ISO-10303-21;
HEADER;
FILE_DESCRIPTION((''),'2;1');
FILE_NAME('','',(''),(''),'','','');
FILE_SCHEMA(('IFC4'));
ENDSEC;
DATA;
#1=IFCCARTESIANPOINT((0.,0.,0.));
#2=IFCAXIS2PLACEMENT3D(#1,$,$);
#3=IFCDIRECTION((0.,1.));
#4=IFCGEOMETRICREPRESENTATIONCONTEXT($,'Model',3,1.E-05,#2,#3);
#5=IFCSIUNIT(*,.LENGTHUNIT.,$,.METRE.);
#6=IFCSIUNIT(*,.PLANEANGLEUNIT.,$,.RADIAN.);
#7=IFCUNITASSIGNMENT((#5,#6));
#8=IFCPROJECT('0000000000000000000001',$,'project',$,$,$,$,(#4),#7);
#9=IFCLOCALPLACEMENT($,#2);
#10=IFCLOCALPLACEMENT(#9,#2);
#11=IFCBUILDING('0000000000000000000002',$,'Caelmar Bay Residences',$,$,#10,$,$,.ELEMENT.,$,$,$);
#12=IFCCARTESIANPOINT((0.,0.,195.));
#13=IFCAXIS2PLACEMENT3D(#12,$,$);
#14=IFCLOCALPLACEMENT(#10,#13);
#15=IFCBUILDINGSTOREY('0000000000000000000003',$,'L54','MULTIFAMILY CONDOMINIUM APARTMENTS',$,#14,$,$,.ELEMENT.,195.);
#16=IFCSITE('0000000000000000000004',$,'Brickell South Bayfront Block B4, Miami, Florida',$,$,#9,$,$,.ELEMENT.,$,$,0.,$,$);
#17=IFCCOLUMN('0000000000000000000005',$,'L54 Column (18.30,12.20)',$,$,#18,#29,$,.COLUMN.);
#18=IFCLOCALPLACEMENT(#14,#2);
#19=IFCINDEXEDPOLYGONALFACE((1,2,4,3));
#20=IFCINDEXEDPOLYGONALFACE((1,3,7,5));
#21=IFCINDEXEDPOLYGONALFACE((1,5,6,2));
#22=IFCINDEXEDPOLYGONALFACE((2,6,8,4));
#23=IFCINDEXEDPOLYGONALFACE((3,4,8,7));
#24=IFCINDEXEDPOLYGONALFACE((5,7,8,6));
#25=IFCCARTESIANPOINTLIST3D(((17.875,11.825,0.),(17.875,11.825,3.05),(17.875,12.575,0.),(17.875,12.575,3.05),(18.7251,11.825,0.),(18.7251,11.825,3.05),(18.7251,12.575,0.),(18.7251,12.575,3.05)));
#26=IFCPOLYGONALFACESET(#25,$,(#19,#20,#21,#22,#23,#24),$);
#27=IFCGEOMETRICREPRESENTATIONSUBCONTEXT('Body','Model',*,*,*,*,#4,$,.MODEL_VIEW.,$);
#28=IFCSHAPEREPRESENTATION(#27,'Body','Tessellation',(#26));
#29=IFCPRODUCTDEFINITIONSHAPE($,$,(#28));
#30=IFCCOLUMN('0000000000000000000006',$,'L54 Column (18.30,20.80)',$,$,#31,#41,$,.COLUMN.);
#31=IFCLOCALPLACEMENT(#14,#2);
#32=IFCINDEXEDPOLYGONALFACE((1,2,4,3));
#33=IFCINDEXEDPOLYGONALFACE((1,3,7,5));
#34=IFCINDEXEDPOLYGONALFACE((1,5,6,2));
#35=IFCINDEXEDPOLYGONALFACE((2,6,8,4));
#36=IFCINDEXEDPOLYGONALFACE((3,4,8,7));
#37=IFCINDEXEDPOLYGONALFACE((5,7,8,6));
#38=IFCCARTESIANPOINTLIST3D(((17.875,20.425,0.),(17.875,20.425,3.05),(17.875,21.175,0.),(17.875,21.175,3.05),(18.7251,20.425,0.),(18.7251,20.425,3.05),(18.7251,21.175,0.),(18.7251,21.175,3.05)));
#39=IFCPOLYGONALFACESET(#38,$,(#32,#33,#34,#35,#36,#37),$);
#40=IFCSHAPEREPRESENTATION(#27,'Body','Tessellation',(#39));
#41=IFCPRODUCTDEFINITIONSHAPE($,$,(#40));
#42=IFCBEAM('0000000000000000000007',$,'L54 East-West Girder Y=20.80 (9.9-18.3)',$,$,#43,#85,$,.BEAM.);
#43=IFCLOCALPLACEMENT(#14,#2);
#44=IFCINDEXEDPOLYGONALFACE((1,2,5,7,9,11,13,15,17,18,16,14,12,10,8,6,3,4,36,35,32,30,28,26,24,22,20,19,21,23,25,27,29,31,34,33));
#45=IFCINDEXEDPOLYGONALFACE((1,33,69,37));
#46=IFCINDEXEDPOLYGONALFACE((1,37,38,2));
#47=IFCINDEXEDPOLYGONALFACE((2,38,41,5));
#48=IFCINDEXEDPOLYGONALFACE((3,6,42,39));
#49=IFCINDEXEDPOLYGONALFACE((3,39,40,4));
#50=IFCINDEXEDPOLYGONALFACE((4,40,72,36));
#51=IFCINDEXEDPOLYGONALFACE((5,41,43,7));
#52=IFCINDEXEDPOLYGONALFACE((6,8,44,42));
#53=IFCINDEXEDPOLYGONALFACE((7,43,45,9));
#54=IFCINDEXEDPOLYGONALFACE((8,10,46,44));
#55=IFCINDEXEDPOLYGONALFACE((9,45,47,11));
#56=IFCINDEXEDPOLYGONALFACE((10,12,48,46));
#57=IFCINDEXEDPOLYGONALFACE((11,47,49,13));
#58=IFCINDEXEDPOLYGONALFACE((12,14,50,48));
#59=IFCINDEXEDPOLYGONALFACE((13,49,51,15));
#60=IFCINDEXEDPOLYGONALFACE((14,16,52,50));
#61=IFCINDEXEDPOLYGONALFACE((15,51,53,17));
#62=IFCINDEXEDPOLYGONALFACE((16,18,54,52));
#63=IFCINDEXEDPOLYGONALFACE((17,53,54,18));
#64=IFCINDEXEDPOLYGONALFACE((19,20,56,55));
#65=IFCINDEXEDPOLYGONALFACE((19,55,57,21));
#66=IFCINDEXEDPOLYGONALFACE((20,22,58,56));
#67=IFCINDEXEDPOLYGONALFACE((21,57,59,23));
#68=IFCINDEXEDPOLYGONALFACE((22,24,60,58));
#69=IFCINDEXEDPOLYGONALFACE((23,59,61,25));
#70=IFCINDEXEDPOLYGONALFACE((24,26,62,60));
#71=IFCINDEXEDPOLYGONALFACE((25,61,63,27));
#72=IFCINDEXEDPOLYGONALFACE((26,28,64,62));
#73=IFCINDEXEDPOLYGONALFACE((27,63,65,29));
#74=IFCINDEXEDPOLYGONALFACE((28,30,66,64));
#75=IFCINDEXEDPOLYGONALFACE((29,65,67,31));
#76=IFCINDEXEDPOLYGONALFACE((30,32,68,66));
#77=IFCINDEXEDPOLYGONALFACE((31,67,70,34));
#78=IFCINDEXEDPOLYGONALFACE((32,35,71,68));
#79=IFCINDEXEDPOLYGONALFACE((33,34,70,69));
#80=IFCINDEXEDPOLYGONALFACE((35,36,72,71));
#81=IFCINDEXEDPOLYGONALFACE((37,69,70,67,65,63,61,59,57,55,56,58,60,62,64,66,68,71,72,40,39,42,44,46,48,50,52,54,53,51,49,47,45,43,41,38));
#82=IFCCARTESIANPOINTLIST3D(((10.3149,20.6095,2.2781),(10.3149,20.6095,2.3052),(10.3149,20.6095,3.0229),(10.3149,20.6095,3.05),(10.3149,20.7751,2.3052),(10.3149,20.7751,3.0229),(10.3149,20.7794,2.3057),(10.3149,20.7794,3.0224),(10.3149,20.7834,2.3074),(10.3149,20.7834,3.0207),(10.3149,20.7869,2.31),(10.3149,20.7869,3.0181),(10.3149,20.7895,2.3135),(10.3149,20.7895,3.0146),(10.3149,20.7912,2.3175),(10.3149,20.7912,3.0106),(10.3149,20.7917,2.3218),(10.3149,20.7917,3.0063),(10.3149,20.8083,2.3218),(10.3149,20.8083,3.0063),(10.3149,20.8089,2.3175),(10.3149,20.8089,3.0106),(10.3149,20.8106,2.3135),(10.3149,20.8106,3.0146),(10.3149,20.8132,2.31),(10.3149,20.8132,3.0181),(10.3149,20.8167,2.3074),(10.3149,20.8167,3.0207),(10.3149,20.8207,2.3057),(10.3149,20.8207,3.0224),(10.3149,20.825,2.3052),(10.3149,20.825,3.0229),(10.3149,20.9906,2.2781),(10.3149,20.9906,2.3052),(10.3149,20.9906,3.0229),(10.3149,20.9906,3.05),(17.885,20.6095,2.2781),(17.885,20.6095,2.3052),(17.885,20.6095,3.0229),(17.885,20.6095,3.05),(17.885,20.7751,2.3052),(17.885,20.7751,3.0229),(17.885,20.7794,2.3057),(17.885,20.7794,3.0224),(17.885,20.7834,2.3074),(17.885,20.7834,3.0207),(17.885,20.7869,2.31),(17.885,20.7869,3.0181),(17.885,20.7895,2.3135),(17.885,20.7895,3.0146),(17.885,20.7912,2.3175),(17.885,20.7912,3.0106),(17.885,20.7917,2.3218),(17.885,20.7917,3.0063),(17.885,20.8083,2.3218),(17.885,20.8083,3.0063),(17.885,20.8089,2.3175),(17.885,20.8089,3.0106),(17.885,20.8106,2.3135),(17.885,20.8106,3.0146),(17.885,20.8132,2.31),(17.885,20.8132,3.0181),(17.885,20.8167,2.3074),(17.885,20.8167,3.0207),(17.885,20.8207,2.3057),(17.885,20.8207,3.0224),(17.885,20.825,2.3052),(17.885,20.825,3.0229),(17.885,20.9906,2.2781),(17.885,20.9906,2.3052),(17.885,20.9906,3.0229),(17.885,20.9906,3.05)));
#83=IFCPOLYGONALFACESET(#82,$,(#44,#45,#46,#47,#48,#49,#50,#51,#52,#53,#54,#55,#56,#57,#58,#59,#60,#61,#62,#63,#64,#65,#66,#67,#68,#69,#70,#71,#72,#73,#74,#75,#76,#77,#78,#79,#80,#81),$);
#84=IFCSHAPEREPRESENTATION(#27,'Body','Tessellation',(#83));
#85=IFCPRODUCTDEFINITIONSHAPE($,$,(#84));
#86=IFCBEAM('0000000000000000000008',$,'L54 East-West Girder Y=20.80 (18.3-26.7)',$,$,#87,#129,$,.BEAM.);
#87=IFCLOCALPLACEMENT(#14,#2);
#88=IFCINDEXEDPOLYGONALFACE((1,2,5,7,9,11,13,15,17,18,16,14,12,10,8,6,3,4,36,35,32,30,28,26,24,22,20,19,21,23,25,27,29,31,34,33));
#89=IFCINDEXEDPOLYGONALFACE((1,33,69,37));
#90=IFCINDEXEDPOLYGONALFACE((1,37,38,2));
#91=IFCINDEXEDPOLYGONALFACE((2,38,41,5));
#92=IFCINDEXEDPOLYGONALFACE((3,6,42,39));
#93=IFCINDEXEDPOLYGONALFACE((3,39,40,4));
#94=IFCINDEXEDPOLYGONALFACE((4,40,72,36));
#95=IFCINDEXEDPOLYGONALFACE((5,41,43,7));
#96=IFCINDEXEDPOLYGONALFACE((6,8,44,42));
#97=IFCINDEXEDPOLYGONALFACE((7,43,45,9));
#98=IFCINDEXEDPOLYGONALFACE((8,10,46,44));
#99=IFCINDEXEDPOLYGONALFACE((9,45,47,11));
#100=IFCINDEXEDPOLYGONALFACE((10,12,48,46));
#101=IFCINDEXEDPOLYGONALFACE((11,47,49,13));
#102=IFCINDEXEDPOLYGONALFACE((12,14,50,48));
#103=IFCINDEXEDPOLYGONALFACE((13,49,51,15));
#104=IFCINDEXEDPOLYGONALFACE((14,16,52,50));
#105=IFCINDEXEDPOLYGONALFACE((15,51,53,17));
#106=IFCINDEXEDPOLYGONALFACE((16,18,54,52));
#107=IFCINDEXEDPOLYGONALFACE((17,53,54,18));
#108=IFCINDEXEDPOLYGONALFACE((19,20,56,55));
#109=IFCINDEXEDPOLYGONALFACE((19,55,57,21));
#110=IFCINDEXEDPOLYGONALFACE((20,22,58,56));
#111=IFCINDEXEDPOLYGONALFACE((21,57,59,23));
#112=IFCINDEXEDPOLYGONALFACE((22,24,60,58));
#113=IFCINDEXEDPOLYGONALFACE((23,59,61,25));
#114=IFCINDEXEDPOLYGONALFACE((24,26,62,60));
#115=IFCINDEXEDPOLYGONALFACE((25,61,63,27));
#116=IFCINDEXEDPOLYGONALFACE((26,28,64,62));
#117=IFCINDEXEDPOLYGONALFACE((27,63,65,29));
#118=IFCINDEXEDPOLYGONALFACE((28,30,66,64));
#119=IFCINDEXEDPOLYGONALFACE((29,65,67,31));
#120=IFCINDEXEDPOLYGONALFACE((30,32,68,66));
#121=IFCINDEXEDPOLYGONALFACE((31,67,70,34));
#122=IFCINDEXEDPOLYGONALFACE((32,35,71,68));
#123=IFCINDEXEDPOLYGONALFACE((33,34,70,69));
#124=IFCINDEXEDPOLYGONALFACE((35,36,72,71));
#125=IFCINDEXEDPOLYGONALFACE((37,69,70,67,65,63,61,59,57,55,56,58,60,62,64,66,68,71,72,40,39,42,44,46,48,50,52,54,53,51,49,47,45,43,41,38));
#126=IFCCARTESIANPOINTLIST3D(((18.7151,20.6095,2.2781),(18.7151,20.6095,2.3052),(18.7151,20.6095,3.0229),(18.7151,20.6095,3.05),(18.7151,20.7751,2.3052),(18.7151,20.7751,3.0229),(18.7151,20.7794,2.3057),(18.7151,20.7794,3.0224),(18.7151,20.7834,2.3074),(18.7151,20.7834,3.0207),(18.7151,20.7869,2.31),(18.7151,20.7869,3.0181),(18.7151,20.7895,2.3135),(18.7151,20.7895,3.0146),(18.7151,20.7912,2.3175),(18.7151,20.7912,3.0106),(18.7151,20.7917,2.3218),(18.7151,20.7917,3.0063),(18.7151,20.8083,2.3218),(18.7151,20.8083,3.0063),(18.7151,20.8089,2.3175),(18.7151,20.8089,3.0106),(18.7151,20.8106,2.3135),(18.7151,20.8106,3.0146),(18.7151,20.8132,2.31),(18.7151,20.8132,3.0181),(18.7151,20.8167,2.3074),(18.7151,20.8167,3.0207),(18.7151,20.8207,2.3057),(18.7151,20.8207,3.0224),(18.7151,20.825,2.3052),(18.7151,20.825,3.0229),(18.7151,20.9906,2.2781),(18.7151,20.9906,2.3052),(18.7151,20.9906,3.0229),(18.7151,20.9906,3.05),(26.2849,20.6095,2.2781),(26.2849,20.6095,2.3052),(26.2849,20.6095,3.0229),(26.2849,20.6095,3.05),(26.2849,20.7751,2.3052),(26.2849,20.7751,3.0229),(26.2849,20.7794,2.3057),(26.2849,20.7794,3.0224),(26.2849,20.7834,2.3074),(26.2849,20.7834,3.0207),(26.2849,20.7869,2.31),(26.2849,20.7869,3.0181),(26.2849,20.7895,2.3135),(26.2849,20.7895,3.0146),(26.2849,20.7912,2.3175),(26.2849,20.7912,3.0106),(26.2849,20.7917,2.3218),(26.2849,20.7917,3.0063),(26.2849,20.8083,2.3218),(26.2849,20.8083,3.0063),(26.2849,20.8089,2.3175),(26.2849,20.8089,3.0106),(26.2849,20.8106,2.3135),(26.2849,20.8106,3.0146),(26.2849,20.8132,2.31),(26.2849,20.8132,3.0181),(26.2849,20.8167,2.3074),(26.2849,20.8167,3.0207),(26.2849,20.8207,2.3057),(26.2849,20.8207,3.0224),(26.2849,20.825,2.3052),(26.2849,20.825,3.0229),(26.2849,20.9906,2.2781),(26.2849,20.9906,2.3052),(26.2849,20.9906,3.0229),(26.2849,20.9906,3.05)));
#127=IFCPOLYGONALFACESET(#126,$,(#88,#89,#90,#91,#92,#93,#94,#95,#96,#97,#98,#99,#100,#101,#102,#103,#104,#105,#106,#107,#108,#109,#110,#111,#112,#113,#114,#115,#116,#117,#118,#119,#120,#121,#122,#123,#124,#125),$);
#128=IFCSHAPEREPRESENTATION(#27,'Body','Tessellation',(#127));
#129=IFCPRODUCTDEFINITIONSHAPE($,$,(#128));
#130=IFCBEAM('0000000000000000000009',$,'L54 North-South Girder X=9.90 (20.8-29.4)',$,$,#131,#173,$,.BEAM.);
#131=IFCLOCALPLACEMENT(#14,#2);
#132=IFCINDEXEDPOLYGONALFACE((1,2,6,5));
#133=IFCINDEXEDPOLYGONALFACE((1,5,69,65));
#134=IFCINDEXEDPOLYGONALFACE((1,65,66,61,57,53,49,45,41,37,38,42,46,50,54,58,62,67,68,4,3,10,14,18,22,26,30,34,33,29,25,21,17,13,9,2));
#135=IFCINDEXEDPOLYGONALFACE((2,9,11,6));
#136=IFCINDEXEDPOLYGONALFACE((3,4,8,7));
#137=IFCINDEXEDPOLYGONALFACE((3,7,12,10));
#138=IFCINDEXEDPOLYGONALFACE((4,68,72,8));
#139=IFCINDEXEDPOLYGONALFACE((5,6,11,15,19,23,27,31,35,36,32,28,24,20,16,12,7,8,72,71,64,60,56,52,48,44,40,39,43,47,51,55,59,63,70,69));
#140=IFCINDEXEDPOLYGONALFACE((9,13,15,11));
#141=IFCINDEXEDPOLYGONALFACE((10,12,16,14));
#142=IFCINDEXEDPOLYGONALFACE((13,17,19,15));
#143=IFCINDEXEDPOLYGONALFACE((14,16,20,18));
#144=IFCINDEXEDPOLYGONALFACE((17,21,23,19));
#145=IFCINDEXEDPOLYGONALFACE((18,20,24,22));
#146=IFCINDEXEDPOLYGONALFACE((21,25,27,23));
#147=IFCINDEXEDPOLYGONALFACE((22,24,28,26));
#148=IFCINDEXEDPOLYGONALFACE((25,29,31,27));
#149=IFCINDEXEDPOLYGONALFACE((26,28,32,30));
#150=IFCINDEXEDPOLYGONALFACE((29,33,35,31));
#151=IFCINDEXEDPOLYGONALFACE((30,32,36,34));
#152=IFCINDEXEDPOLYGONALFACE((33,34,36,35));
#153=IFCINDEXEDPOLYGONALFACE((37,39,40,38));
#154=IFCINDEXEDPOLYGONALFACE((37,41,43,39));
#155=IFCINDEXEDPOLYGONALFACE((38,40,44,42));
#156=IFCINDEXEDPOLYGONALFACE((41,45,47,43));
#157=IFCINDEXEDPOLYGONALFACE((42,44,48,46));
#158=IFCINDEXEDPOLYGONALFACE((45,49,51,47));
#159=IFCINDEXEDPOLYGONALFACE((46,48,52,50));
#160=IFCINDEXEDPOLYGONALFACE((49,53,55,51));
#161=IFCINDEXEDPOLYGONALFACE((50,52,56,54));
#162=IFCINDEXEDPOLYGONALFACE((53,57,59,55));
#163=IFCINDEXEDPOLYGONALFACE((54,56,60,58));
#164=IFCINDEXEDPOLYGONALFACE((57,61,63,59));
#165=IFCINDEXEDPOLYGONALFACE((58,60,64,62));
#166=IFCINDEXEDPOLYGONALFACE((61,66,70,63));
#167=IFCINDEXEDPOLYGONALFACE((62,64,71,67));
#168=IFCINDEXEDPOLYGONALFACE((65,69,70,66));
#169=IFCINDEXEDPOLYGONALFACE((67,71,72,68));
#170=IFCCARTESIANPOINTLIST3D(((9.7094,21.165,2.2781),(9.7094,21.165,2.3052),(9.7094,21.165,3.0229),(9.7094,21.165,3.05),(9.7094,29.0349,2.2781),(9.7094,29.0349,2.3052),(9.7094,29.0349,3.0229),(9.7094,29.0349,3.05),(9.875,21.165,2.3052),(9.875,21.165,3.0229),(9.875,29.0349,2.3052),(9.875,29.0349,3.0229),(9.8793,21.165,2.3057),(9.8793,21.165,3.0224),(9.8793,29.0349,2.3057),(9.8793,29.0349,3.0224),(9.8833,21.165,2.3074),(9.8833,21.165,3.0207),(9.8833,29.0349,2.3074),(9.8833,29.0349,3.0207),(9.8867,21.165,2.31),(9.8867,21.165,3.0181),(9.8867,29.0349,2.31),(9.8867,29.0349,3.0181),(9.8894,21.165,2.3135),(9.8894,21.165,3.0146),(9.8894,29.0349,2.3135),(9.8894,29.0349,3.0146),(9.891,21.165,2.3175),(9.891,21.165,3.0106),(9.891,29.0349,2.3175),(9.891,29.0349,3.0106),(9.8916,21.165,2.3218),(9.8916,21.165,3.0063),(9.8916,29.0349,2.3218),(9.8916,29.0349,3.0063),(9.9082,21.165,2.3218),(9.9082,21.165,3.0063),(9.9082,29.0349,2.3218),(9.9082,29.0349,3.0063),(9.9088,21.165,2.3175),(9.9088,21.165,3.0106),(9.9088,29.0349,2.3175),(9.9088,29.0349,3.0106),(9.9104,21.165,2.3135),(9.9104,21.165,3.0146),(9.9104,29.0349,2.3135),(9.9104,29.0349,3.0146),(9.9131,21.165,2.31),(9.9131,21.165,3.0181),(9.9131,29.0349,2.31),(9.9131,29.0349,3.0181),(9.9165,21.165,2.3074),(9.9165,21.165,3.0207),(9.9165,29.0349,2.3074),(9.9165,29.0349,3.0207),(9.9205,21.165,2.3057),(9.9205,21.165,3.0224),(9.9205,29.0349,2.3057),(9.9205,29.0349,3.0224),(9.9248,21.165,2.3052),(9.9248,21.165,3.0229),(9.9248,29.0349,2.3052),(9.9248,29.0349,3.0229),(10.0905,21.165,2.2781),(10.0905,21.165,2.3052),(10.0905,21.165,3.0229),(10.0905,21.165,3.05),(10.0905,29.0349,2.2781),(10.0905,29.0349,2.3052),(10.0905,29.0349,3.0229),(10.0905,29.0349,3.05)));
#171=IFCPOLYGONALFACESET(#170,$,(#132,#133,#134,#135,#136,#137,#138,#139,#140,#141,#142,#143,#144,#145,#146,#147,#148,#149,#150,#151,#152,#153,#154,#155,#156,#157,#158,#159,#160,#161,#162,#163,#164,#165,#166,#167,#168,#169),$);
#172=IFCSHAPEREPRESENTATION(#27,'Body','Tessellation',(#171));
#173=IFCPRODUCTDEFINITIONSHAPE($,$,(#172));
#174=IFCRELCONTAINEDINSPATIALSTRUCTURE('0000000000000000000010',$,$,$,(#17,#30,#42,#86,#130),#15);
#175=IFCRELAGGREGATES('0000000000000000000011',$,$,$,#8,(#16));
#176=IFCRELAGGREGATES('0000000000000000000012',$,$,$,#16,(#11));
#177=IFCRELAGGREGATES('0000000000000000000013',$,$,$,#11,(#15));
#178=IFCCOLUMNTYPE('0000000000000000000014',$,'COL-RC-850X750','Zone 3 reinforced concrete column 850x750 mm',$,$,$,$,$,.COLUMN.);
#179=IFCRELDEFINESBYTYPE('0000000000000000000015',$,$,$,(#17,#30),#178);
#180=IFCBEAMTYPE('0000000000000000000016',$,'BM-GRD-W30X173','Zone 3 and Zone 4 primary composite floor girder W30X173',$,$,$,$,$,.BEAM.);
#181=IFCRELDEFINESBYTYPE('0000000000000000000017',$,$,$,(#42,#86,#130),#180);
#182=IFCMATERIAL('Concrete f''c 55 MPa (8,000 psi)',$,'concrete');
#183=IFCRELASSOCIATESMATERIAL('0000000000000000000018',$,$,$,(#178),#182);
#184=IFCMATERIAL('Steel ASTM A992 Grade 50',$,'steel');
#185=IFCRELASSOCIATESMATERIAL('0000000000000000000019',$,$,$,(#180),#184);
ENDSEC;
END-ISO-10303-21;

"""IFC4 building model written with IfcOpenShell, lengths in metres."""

from ifc_helpers import new_model, si_unit, direction, frame, origin, origin_2d, place, context, subcontext, project, spatial, rectangle, i_section, extrude, material, material_profile, profile_set, type_object, element, save


model = new_model("IFC4")

# Units and contexts
model_context = context("Model", 3, precision=1e-05, world=origin(), true_north=direction((0.0, 1.0)))
body_context = subcontext(model_context, "Body", "Model", "MODEL_VIEW")
ifc_project = project(units=[si_unit("LENGTHUNIT", "METRE"), si_unit("PLANEANGLEUNIT", "RADIAN")], contexts=[model_context])

# Site, building, storey
site_placement = place(None, origin())
site = spatial("IfcSite", under=ifc_project, at=site_placement, Name="Brickell South Bayfront Block B4, Miami, Florida", CompositionType="ELEMENT", RefElevation=0.0)
building_placement = place(site_placement, origin())
building = spatial("IfcBuilding", under=site, at=building_placement, Name="Caelmar Bay Residences", CompositionType="ELEMENT")
storey_placement = place(building_placement, frame((0.0, 0.0, 195.0)))
storey = spatial("IfcBuildingStorey", under=building, at=storey_placement, Name="L54", Description="MULTIFAMILY CONDOMINIUM APARTMENTS", CompositionType="ELEMENT", Elevation=195.0)

# Columns
ifc_material_1 = material(Name="Concrete f'c 55 MPa (8,000 psi)", Category="concrete")
ifc_material_profile_1 = material_profile(ifc_material_1, rectangle(XDim=0.8501, YDim=0.75, at=origin_2d()), Name="RC-COL-850X750")
ifc_profile_set_1 = profile_set([ifc_material_profile_1], Name="Concrete f'c 55 MPa (8,000 psi)")
column_type = type_object("IfcColumnType", Name="COL-RC-850X750", Description="Zone 3 reinforced concrete column 850x750 mm", PredefinedType="COLUMN", material=ifc_profile_set_1)
for number, where, z_axis, x_axis, name in (
    (1, (18.3, 12.2, 0.0), (0.0, 0.0, 1.0), (1.0, 0.0, 0.0), "L54 Column (18.30,12.20)"),
    (2, (18.3, 20.8, 0.0), (0.0, 0.0, 1.0), (1.0, 0.0, 0.0), "L54 Column (18.30,20.80)"),
):
    element("IfcColumn", number, at=place(storey_placement, frame(where, z_axis=z_axis, x_axis=x_axis)), inside=storey, type_object=column_type, Name=name, PredefinedType="COLUMN", context=body_context, shape_type="SweptSolid", body=[
        extrude(rectangle(XDim=0.8501, YDim=0.75, at=origin_2d()), origin(), (0.0, 0.0, 1.0), 3.05),
    ])

# Beams
ifc_material_2 = material(Name="Steel ASTM A992 Grade 50", Category="steel")
ifc_material_profile_2 = material_profile(ifc_material_2, i_section(OverallWidth=0.3811, OverallDepth=0.772, WebThickness=0.0166, FlangeThickness=0.0271, FilletRadius=0.0166, at=origin_2d()), Name="W30X173")
ifc_profile_set_2 = profile_set([ifc_material_profile_2], Name="Steel ASTM A992 Grade 50")
beam_type_1 = type_object("IfcBeamType", Name="BM-GRD-W30X173", Description="Zone 3 and Zone 4 primary composite floor girder W30X173", PredefinedType="BEAM", material=ifc_profile_set_2)
beam_1_placement = place(storey_placement, frame((10.3149, 20.8, 2.6641), z_axis=(1.0, 0.0, 0.0), x_axis=(0.0, 1.0, 0.0)))
element("IfcBeam", 3, at=beam_1_placement, inside=storey, type_object=beam_type_1, Name="L54 East-West Girder Y=20.80 (9.9-18.3)", PredefinedType="BEAM", context=body_context, shape_type="SweptSolid", body=[
    extrude(i_section(OverallWidth=0.3811, OverallDepth=0.772, WebThickness=0.0166, FlangeThickness=0.0271, FilletRadius=0.0166, at=origin_2d()), origin(), (0.0, 0.0, 1.0), 7.5701),
])
beam_2_placement = place(storey_placement, frame((18.7151, 20.8, 2.6641), z_axis=(1.0, 0.0, 0.0), x_axis=(0.0, 1.0, 0.0)))
element("IfcBeam", 4, at=beam_2_placement, inside=storey, type_object=beam_type_1, Name="L54 East-West Girder Y=20.80 (18.3-26.7)", PredefinedType="BEAM", context=body_context, shape_type="SweptSolid", body=[
    extrude(i_section(OverallWidth=0.3811, OverallDepth=0.772, WebThickness=0.0166, FlangeThickness=0.0271, FilletRadius=0.0166, at=origin_2d()), origin(), (0.0, 0.0, 1.0), 7.5698),
])
beam_3_placement = place(storey_placement, frame((9.8999, 21.165, 2.6641), z_axis=(0.0, 1.0, 0.0), x_axis=(-1.0, 0.0, 0.0)))
element("IfcBeam", 5, at=beam_3_placement, inside=storey, type_object=beam_type_1, Name="L54 North-South Girder X=9.90 (20.8-29.4)", PredefinedType="BEAM", context=body_context, shape_type="SweptSolid", body=[
    extrude(i_section(OverallWidth=0.3811, OverallDepth=0.772, WebThickness=0.0166, FlangeThickness=0.0271, FilletRadius=0.0166, at=origin_2d()), origin(), (0.0, 0.0, 1.0), 7.8699),
])

save(model, "model.ifc")
